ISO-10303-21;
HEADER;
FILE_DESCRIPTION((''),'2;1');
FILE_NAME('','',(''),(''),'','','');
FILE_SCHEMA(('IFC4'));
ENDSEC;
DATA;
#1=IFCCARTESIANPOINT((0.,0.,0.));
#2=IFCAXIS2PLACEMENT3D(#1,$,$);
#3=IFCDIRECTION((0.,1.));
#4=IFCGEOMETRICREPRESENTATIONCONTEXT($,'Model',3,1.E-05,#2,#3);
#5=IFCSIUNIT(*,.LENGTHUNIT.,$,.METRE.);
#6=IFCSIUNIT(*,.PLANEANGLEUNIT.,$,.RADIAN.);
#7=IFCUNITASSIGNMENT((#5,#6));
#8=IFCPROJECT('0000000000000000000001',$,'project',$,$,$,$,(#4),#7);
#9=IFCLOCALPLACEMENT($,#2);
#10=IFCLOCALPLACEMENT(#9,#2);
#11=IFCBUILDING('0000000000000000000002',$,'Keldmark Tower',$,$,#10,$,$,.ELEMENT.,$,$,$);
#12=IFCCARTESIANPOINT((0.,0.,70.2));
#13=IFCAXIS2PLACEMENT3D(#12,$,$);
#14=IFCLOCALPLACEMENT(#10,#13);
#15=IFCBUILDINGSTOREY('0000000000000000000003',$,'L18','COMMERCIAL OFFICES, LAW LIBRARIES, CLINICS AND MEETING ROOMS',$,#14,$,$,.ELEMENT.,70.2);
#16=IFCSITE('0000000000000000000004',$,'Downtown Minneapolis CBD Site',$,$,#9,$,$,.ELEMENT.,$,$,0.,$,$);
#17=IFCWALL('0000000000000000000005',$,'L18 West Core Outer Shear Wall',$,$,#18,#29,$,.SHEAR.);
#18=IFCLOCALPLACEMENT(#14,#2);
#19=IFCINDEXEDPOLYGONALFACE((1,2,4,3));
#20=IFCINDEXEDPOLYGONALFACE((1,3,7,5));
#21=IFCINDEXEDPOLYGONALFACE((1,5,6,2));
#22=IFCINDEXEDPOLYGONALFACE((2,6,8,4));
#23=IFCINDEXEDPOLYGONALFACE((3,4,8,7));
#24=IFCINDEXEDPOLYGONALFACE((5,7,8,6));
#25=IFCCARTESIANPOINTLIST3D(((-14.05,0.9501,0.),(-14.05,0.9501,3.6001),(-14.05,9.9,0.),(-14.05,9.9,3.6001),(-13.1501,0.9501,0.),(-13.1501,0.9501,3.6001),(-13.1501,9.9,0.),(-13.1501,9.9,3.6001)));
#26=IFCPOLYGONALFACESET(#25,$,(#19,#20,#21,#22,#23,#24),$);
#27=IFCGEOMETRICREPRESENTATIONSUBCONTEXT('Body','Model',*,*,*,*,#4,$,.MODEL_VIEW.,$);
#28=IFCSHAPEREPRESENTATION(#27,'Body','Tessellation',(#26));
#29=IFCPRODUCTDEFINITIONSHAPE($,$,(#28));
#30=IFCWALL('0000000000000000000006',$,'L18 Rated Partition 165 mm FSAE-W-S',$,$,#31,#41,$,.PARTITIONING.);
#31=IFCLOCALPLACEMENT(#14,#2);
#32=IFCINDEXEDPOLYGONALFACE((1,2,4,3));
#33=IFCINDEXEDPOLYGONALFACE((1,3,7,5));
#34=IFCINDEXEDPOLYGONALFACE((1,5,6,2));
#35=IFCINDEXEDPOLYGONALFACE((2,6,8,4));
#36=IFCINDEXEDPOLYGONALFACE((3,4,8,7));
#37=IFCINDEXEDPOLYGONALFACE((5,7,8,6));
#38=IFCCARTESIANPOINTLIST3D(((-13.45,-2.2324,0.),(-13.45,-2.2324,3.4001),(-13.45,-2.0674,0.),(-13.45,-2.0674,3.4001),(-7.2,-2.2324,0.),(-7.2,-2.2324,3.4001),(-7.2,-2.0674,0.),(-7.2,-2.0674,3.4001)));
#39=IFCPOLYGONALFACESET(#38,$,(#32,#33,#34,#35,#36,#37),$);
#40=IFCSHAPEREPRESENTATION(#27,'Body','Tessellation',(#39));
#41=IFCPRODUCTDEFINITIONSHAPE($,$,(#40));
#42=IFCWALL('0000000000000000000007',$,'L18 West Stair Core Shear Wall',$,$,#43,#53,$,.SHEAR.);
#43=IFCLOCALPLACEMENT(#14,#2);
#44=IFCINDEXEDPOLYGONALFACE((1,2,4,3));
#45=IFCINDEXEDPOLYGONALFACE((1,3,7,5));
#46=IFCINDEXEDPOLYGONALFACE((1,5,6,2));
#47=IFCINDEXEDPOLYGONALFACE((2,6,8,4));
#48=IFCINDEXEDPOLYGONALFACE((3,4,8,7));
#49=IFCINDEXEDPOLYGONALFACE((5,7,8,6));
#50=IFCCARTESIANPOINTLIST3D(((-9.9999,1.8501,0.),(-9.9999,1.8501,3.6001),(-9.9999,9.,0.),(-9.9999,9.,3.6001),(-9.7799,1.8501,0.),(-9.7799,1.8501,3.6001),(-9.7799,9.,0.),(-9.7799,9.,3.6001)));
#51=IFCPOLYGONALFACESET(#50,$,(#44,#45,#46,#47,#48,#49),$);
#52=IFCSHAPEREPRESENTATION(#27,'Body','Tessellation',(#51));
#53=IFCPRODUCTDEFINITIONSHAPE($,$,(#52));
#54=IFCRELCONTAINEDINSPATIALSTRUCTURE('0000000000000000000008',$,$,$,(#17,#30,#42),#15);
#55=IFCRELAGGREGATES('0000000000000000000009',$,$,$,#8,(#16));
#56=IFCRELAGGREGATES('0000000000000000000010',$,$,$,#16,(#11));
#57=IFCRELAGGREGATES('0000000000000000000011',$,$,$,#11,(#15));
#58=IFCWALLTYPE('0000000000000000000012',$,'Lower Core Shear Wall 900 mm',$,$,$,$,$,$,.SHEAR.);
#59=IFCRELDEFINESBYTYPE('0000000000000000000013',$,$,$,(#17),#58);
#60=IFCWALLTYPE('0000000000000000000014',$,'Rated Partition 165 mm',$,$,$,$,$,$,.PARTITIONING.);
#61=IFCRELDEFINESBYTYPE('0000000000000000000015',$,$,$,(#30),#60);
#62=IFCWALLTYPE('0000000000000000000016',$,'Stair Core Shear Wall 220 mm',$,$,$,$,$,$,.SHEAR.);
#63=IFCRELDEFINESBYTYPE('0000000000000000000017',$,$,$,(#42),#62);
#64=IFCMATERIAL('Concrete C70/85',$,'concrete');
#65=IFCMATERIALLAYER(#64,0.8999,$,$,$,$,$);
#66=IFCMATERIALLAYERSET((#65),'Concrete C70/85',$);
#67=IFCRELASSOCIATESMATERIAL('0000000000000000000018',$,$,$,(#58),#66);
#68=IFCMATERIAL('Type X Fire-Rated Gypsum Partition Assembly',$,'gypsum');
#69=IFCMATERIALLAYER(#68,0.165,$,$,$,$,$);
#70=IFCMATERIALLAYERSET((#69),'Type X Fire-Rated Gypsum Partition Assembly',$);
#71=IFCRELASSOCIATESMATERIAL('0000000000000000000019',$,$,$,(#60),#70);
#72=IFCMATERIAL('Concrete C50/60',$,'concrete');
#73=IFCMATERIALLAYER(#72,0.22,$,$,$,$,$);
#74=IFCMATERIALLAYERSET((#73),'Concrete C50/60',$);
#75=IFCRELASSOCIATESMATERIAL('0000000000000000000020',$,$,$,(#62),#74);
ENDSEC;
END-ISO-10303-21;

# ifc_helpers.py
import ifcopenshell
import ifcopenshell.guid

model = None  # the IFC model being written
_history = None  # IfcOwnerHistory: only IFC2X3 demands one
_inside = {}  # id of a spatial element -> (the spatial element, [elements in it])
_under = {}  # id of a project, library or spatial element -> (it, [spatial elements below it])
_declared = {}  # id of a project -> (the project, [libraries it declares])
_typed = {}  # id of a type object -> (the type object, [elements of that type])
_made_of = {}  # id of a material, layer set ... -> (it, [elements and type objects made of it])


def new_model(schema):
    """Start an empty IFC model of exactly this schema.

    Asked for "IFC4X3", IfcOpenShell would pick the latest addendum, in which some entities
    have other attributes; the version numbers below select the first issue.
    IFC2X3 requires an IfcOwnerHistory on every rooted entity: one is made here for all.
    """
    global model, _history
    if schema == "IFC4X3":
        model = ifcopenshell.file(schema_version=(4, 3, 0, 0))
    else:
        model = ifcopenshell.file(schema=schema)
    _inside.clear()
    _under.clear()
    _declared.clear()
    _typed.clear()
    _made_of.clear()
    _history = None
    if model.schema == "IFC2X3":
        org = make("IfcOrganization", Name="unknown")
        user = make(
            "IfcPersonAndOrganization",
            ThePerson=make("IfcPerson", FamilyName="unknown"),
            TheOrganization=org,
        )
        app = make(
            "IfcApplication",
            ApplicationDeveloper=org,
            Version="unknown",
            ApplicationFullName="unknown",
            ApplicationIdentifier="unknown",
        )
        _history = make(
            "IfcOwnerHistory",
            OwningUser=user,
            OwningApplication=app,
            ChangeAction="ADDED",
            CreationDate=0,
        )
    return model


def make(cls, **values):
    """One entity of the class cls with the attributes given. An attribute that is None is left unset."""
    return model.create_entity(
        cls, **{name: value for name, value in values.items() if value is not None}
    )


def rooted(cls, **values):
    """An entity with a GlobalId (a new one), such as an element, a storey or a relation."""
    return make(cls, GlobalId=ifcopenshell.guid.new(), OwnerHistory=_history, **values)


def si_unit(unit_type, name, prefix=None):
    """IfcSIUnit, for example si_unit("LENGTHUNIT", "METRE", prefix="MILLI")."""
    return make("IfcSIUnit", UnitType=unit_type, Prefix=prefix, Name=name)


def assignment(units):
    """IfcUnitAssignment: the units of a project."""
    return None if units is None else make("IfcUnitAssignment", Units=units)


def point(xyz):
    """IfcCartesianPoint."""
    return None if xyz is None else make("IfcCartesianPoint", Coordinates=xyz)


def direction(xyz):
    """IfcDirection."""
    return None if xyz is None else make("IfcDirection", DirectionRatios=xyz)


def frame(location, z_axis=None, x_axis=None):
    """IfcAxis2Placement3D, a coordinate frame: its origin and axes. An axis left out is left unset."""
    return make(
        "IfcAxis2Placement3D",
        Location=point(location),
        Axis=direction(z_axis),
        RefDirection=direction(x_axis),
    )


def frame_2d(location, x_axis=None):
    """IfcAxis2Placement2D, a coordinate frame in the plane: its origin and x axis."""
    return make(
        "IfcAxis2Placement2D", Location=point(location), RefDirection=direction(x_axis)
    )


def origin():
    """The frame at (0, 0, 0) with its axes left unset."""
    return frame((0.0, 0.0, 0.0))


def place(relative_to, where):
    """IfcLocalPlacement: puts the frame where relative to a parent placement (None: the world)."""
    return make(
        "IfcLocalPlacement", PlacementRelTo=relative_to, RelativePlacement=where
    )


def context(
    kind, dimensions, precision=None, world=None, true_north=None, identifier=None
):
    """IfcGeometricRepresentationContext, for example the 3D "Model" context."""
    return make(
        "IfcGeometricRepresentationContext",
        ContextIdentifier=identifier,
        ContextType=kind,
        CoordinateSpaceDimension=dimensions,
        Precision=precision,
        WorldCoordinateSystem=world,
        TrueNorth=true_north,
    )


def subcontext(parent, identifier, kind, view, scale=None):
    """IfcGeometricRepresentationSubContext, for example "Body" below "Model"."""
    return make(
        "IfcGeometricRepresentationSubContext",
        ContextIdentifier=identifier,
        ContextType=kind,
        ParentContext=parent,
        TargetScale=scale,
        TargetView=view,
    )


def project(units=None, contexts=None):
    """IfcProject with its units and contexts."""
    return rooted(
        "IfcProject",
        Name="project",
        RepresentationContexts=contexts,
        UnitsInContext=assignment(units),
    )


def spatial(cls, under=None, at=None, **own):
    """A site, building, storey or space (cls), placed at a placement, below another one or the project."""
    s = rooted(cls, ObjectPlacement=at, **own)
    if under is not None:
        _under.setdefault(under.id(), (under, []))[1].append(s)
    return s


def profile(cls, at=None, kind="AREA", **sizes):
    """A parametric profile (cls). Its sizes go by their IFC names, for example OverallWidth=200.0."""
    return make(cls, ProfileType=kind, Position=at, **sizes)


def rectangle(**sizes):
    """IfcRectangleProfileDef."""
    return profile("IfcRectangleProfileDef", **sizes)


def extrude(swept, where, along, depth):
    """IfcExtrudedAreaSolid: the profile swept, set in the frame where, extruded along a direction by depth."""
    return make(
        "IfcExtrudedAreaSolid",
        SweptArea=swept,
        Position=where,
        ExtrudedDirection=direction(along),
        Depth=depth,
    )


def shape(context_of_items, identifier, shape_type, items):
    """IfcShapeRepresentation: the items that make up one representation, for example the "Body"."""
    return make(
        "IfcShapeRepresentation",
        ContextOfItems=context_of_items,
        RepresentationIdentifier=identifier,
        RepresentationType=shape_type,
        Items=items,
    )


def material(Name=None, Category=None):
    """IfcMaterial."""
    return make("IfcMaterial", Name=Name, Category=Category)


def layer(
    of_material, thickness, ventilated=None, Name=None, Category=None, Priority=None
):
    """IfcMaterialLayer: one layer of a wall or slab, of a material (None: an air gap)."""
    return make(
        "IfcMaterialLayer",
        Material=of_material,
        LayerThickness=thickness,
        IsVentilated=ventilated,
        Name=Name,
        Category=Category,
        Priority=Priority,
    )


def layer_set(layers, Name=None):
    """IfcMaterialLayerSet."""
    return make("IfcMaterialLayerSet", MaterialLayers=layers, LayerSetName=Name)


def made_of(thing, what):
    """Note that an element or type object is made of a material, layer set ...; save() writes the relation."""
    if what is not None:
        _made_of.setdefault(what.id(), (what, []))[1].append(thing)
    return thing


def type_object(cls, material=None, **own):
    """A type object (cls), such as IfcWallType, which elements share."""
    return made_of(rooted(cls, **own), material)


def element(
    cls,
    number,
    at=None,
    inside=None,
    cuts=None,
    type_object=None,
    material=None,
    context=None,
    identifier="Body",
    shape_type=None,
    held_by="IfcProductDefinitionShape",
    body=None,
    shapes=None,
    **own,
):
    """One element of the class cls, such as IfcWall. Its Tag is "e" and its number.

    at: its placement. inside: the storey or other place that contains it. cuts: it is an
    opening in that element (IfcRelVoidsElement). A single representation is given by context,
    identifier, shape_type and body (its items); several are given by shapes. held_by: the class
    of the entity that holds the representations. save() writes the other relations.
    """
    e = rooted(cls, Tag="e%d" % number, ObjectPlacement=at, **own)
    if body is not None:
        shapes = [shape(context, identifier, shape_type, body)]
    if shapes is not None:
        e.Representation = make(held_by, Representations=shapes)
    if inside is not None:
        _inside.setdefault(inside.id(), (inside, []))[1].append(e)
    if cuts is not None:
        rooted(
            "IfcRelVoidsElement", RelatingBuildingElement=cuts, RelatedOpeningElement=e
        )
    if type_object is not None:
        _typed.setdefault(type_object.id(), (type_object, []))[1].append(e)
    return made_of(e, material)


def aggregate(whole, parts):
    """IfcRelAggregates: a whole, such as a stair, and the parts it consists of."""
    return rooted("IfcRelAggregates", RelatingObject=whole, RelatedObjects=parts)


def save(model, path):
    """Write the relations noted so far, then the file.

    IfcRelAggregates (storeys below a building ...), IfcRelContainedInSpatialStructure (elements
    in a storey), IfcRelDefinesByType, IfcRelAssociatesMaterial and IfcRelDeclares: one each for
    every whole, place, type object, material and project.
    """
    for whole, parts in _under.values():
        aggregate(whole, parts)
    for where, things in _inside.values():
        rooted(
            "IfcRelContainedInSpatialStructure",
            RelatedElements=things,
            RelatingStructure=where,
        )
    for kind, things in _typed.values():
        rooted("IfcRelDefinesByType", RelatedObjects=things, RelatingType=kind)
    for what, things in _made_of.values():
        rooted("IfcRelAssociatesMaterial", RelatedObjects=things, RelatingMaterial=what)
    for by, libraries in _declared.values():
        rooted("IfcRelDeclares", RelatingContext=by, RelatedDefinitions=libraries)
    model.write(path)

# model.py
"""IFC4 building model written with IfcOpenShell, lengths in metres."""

from ifc_helpers import new_model, si_unit, direction, frame, frame_2d, origin, place, context, subcontext, project, spatial, rectangle, extrude, material, layer, layer_set, type_object, element, save


model = new_model("IFC4")

# Units and contexts
model_context = context("Model", 3, precision=1e-05, world=origin(), true_north=direction((0.0, 1.0)))
body_context = subcontext(model_context, "Body", "Model", "MODEL_VIEW")
ifc_project = project(units=[si_unit("LENGTHUNIT", "METRE"), si_unit("PLANEANGLEUNIT", "RADIAN")], contexts=[model_context])

# Site, building, storey
site_placement = place(None, origin())
site = spatial("IfcSite", under=ifc_project, at=site_placement, Name="Downtown Minneapolis CBD Site", CompositionType="ELEMENT", RefElevation=0.0)
building_placement = place(site_placement, origin())
building = spatial("IfcBuilding", under=site, at=building_placement, Name="Keldmark Tower", CompositionType="ELEMENT")
storey_placement = place(building_placement, frame((0.0, 0.0, 70.2)))
storey = spatial("IfcBuildingStorey", under=building, at=storey_placement, Name="L18", Description="COMMERCIAL OFFICES, LAW LIBRARIES, CLINICS AND MEETING ROOMS", CompositionType="ELEMENT", Elevation=70.2)

# Walls
ifc_material_1 = material(Name="Concrete C70/85", Category="concrete")
ifc_layer_1 = layer(ifc_material_1, 0.8999)
ifc_layer_set_1 = layer_set([ifc_layer_1], Name="Concrete C70/85")
wall_type_1 = type_object("IfcWallType", Name="Lower Core Shear Wall 900 mm", PredefinedType="SHEAR", material=ifc_layer_set_1)
wall_1_placement = place(storey_placement, frame((-13.6001, 0.95, 0.0), z_axis=(0.0, 0.0, 1.0), x_axis=(0.0, 1.0, 0.0)))
element("IfcWall", 1, at=wall_1_placement, inside=storey, type_object=wall_type_1, Name="L18 West Core Outer Shear Wall", PredefinedType="SHEAR", context=body_context, shape_type="SweptSolid", body=[
    extrude(rectangle(XDim=8.95, YDim=0.8999, at=frame_2d((4.4751, 0.0))), origin(), (0.0, 0.0, 1.0), 3.6001),
])
ifc_material_2 = material(Name="Type X Fire-Rated Gypsum Partition Assembly", Category="gypsum")
ifc_layer_2 = layer(ifc_material_2, 0.165)
ifc_layer_set_2 = layer_set([ifc_layer_2], Name="Type X Fire-Rated Gypsum Partition Assembly")
wall_type_2 = type_object("IfcWallType", Name="Rated Partition 165 mm", PredefinedType="PARTITIONING", material=ifc_layer_set_2)
wall_2_placement = place(storey_placement, frame((-13.45, -2.1499, 0.0), z_axis=(0.0, 0.0, 1.0), x_axis=(1.0, 0.0, 0.0)))
element("IfcWall", 2, at=wall_2_placement, inside=storey, type_object=wall_type_2, Name="L18 Rated Partition 165 mm FSAE-W-S", PredefinedType="PARTITIONING", context=body_context, shape_type="SweptSolid", body=[
    extrude(rectangle(XDim=6.25, YDim=0.165, at=frame_2d((3.125, 0.0))), origin(), (0.0, 0.0, 1.0), 3.4001),
])

# Wall
ifc_material_3 = material(Name="Concrete C50/60", Category="concrete")
ifc_layer_3 = layer(ifc_material_3, 0.22)
ifc_layer_set_3 = layer_set([ifc_layer_3], Name="Concrete C50/60")
wall_type_3 = type_object("IfcWallType", Name="Stair Core Shear Wall 220 mm", PredefinedType="SHEAR", material=ifc_layer_set_3)
wall_3_placement = place(storey_placement, frame((-9.8899, 1.8501, 0.0), z_axis=(0.0, 0.0, 1.0), x_axis=(0.0, 1.0, 0.0)))
element("IfcWall", 3, at=wall_3_placement, inside=storey, type_object=wall_type_3, Name="L18 West Stair Core Shear Wall", PredefinedType="SHEAR", context=body_context, shape_type="SweptSolid", body=[
    extrude(rectangle(XDim=7.1499, YDim=0.22, at=frame_2d((3.575, 0.0))), origin(), (0.0, 0.0, 1.0), 3.6001),
])

save(model, "model.ifc")
